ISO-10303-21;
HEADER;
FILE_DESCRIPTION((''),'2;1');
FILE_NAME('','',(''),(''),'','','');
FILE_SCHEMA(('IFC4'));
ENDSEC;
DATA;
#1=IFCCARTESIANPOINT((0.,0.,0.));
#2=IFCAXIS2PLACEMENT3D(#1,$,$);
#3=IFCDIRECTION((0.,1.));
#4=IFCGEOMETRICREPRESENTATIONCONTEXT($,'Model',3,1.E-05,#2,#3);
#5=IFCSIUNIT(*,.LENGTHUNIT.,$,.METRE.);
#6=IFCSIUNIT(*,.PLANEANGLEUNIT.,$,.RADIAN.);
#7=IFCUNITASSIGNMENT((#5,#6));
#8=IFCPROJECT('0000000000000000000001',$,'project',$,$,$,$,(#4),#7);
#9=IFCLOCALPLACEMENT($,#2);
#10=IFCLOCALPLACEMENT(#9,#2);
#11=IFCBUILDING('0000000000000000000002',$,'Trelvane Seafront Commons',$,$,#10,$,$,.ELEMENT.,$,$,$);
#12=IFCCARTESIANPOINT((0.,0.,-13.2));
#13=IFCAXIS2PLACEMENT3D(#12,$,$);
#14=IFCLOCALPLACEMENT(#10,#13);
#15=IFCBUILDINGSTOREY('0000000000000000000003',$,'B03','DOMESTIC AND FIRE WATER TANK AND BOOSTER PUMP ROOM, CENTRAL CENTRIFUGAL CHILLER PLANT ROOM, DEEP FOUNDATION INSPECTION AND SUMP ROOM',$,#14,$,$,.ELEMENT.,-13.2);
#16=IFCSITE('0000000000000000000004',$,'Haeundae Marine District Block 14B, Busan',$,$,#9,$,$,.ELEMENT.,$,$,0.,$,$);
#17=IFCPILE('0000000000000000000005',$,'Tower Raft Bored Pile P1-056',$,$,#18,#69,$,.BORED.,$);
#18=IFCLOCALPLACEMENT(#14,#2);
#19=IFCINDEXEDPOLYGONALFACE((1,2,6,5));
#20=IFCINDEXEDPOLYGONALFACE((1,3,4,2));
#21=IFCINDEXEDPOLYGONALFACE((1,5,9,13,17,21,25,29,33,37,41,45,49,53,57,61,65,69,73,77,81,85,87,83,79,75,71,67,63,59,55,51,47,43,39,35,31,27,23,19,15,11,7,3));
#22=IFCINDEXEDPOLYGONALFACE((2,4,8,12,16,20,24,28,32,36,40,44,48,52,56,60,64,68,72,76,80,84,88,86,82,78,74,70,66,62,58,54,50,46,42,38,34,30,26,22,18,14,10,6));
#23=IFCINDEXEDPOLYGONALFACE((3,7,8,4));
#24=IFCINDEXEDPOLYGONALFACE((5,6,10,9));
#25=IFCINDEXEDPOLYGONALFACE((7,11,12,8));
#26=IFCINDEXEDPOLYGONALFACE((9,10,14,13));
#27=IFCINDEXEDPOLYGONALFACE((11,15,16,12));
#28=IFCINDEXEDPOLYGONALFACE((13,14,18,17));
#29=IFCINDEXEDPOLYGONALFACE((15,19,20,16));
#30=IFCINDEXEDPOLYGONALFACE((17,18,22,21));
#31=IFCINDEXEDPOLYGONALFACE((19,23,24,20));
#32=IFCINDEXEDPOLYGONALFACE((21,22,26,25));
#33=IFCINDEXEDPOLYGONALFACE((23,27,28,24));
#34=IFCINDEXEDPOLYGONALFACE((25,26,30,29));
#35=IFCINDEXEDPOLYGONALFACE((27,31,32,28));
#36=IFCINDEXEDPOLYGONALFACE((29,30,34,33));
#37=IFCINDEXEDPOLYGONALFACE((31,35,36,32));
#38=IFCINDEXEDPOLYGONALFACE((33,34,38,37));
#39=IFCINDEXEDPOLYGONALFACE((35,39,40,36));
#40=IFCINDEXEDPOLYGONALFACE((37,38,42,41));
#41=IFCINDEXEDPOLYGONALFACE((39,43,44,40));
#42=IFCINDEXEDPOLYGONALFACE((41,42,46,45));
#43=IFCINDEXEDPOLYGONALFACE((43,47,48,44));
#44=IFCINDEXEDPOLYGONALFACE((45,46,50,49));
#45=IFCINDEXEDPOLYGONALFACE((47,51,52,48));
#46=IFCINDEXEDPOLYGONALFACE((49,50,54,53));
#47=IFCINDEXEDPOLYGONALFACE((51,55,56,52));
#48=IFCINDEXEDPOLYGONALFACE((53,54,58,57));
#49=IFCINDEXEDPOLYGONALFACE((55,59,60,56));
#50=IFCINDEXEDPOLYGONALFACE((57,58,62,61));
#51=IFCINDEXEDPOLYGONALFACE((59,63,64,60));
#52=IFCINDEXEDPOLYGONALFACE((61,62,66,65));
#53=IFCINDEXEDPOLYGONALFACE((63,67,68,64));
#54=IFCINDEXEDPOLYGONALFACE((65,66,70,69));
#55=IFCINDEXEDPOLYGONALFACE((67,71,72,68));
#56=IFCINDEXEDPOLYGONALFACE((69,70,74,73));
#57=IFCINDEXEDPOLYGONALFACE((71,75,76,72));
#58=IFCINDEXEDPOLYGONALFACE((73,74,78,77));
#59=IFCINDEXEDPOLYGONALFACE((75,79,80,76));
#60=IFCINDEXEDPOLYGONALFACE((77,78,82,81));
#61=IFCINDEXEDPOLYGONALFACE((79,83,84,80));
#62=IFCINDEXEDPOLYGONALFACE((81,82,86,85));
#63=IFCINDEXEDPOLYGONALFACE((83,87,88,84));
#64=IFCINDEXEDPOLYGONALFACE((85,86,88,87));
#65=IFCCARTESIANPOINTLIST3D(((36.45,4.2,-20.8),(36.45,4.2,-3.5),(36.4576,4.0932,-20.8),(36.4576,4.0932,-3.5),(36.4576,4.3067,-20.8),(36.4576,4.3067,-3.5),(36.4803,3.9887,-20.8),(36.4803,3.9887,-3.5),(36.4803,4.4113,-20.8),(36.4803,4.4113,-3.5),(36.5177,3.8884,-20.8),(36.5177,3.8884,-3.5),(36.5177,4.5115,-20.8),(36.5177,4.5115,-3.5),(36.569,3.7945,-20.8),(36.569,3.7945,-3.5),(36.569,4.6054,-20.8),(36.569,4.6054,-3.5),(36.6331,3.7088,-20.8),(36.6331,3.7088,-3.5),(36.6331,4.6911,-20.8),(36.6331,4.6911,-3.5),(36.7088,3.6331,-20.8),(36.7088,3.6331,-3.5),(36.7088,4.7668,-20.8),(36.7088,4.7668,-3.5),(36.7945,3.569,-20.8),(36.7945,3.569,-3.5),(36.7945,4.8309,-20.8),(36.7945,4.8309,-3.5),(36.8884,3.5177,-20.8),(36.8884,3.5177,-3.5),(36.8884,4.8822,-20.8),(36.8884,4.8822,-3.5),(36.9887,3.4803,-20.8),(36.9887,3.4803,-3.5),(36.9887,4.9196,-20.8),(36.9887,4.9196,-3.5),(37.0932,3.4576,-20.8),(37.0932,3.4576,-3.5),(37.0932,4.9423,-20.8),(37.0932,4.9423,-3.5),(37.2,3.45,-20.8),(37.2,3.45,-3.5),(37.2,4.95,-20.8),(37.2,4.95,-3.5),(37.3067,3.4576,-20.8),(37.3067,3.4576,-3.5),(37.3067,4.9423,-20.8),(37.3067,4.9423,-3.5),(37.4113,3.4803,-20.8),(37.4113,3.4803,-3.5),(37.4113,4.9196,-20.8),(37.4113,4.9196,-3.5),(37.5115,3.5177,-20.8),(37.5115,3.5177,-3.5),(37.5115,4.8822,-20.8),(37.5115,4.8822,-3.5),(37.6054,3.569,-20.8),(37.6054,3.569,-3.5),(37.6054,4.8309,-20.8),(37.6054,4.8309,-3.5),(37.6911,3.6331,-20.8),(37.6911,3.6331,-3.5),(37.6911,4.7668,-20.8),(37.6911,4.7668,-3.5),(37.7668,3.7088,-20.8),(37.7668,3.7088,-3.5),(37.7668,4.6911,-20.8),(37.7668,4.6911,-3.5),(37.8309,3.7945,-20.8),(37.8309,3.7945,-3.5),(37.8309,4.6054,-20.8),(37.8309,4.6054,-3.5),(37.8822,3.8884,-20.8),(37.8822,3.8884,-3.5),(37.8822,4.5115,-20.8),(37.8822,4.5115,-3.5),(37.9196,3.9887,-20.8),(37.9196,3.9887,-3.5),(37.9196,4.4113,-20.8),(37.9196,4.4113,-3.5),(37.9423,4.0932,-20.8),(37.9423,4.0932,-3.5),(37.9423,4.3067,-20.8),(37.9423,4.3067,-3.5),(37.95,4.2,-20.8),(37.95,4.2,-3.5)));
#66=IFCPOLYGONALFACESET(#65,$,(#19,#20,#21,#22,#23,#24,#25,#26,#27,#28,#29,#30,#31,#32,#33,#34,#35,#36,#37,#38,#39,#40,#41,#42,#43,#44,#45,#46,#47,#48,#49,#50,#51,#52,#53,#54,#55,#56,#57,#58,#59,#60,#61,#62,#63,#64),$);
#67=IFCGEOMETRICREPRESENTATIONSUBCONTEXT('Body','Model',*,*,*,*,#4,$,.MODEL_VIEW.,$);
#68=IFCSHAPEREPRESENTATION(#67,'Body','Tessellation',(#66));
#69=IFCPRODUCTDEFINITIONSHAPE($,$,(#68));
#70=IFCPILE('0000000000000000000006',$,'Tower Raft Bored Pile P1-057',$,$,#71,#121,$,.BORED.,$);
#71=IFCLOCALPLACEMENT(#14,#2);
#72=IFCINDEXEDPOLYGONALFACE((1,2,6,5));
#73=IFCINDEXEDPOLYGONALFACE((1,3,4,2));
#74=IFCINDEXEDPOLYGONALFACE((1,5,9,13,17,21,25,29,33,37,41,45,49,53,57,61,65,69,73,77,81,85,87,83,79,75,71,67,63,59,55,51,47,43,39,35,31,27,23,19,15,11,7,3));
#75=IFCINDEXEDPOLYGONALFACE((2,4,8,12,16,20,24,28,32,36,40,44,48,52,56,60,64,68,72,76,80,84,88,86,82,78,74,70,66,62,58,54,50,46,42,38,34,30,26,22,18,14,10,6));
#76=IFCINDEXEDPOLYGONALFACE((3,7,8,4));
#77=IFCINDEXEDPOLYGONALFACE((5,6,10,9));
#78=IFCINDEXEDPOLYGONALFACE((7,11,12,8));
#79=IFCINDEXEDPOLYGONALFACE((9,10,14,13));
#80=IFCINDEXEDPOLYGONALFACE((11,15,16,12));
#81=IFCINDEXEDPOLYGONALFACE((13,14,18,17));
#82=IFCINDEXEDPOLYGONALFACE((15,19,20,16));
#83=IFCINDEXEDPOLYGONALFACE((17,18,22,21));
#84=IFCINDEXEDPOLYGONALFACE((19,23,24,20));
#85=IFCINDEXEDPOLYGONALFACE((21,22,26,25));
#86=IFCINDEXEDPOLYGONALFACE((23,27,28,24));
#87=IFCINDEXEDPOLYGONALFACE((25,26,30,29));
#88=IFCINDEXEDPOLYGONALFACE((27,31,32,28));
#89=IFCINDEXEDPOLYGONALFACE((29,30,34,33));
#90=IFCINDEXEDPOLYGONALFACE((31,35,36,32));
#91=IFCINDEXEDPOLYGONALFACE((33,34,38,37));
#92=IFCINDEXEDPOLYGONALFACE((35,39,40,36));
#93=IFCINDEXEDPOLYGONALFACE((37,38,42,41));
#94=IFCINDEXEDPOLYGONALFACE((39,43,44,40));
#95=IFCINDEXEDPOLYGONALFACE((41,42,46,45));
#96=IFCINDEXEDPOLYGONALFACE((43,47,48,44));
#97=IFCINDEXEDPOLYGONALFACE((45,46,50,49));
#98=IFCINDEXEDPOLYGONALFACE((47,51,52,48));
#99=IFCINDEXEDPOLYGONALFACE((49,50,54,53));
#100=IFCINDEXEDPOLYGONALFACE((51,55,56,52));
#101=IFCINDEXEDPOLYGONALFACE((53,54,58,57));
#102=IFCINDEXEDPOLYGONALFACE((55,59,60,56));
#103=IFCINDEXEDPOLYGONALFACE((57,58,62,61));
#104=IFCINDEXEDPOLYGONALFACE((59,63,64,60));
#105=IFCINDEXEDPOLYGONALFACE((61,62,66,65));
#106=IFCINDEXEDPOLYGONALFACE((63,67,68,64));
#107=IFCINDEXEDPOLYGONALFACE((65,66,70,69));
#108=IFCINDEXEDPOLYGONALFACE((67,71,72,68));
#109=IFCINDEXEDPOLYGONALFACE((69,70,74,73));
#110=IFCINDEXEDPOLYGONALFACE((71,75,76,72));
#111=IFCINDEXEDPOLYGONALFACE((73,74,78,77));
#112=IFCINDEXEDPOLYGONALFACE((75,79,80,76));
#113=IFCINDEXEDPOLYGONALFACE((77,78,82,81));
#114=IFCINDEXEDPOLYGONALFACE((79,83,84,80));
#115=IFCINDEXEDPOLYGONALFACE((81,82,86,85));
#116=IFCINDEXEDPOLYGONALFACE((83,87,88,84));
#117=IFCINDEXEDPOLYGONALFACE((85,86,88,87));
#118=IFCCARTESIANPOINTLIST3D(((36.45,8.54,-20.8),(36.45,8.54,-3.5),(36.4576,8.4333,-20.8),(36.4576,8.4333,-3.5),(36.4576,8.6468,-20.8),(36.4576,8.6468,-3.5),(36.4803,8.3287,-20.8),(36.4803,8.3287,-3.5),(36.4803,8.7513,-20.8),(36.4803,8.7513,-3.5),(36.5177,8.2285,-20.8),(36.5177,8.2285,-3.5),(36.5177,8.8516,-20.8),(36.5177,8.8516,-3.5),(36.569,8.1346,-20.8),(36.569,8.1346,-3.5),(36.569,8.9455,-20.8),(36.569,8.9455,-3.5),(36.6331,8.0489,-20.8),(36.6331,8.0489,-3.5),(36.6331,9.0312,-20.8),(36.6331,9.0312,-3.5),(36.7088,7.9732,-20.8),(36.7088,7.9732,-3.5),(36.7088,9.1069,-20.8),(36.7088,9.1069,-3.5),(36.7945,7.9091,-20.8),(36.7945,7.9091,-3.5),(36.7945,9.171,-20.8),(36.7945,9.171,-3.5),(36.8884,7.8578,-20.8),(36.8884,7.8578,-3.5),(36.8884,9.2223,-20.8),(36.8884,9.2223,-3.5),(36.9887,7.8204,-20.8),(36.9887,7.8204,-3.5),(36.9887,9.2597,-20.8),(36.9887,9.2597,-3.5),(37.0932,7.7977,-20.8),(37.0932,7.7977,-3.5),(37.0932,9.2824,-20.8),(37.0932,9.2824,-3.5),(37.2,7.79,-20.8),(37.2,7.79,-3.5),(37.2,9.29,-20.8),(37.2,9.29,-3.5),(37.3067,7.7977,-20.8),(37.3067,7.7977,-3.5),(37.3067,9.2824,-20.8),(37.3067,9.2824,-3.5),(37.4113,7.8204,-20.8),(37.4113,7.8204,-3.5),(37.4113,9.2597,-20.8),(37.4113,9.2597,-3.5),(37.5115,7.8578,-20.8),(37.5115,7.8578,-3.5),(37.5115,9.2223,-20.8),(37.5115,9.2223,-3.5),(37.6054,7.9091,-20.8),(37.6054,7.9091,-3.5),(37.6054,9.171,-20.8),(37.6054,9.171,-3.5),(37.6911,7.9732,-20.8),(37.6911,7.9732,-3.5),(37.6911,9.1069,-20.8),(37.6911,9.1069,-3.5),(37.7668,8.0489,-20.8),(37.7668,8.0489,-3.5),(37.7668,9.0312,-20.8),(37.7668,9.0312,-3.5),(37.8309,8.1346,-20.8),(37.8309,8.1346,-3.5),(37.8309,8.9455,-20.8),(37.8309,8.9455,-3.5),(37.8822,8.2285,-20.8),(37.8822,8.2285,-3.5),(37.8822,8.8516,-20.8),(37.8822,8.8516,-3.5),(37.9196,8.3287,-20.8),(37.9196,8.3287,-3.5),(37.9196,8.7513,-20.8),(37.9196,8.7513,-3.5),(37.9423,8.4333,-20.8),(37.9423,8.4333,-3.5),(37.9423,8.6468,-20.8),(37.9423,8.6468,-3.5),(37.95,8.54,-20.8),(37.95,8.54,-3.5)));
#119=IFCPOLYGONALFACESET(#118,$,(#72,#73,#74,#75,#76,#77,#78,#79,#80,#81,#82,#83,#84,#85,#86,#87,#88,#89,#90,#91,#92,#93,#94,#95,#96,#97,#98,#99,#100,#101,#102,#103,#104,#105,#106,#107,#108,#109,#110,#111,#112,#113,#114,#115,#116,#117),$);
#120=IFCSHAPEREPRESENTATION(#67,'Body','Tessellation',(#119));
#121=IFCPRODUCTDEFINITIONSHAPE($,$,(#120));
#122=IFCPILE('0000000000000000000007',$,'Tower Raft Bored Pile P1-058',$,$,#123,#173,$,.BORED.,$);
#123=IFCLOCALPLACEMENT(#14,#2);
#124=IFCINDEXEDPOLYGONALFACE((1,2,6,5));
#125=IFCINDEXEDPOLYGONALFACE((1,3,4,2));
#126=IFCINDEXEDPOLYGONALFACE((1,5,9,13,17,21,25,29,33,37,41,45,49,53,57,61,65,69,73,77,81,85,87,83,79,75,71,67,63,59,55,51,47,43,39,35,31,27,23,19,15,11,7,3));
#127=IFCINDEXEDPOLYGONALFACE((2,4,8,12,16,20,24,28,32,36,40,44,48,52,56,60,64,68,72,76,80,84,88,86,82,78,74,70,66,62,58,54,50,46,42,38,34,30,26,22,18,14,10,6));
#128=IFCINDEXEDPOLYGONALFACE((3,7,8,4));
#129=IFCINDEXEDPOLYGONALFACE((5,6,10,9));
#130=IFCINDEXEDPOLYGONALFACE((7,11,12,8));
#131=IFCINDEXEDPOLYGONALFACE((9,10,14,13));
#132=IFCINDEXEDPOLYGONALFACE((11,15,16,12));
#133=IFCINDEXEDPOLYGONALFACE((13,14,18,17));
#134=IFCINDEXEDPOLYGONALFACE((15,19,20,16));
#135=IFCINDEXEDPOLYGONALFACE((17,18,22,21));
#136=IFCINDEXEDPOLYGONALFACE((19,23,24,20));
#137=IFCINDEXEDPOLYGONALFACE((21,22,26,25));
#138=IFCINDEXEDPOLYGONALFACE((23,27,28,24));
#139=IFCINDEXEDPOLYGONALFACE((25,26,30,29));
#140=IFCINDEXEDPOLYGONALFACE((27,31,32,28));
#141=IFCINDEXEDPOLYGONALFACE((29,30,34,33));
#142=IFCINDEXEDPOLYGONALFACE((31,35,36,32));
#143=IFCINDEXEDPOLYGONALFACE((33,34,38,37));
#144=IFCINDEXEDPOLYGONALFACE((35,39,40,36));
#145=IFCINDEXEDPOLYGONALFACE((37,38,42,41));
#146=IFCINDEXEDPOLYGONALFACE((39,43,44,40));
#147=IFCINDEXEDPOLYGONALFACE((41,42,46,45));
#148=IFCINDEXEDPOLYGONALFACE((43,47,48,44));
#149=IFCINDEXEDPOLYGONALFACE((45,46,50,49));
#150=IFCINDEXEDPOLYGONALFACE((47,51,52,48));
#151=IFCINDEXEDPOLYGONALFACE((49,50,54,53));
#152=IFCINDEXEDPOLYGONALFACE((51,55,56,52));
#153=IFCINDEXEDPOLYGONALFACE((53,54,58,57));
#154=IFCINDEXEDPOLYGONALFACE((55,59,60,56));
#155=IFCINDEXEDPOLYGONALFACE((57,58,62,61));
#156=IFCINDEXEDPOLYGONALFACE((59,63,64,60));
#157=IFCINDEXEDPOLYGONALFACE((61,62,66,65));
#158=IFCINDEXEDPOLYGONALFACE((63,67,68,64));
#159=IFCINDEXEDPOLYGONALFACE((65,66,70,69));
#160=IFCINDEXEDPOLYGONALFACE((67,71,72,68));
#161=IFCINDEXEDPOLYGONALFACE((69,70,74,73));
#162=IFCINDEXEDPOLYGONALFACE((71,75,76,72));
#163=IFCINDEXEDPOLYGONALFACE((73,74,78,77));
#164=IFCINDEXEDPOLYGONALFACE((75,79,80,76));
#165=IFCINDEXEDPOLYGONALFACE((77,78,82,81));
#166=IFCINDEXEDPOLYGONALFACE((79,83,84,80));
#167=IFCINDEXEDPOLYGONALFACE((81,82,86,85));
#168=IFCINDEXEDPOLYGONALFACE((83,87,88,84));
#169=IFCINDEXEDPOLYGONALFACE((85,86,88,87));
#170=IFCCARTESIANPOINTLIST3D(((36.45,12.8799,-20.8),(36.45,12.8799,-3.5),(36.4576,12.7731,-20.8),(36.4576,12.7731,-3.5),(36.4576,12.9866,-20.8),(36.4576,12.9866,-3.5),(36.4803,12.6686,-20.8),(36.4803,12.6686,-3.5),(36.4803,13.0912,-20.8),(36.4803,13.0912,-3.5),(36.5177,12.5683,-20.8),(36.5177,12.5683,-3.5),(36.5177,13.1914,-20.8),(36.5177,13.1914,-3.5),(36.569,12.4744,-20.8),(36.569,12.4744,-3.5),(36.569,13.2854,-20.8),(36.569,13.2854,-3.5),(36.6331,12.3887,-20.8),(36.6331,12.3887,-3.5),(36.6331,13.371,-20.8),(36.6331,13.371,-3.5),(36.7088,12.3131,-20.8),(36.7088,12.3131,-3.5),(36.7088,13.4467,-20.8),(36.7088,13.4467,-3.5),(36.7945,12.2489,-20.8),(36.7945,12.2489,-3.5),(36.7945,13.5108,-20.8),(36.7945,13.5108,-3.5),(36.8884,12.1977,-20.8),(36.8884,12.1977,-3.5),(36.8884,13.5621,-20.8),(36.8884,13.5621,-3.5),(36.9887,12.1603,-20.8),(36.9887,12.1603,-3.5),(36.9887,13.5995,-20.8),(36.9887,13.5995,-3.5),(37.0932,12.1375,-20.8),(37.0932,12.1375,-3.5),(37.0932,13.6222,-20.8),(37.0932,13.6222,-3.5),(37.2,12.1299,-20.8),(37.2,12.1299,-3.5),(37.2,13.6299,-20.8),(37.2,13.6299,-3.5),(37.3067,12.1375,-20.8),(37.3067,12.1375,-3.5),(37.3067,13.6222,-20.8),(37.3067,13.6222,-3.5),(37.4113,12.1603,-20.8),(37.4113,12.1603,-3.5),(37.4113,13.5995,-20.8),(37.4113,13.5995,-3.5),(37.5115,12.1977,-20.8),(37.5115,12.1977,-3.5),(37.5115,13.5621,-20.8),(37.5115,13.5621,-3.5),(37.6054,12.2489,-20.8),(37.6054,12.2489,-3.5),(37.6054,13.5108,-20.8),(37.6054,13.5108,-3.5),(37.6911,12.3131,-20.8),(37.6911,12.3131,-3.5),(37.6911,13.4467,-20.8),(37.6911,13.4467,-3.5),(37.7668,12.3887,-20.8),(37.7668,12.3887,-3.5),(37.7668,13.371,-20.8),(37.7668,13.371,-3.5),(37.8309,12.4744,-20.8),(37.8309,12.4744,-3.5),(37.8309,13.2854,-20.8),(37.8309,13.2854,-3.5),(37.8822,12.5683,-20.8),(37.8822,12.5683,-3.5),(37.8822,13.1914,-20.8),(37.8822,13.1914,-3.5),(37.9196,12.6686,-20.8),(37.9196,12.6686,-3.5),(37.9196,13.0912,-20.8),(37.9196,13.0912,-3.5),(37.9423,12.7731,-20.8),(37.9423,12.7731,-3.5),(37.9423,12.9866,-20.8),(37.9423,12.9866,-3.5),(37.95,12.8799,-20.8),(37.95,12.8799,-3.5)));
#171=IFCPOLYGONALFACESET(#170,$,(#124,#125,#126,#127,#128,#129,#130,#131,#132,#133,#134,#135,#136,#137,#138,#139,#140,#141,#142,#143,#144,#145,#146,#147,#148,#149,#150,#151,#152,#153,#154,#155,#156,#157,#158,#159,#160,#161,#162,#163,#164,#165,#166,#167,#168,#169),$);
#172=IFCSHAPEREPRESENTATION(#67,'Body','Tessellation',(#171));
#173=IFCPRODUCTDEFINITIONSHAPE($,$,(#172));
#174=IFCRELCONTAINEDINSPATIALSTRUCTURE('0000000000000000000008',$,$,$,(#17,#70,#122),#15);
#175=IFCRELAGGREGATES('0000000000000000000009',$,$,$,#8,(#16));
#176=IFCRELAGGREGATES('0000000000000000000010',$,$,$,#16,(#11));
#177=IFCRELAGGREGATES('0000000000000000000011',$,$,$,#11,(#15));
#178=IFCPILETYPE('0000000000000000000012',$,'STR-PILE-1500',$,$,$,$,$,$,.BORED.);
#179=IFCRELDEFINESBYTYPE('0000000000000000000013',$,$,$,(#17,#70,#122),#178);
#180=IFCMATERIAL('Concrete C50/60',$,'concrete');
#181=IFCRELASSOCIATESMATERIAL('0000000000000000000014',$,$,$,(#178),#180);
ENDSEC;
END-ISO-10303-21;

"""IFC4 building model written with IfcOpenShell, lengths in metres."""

from ifc_helpers import new_model, si_unit, direction, frame, origin, origin_2d, place, context, subcontext, project, spatial, circle, extrude, source, transform, mapped, material, material_profile, profile_set, type_object, element, save


model = new_model("IFC4")

# Units and contexts
model_context = context("Model", 3, precision=1e-05, world=origin(), true_north=direction((0.0, 1.0)))
body_context = subcontext(model_context, "Body", "Model", "MODEL_VIEW")
ifc_project = project(units=[si_unit("LENGTHUNIT", "METRE"), si_unit("PLANEANGLEUNIT", "RADIAN")], contexts=[model_context])

# Site, building, storey
site_placement = place(None, origin())
site = spatial("IfcSite", under=ifc_project, at=site_placement, Name="Haeundae Marine District Block 14B, Busan", CompositionType="ELEMENT", RefElevation=0.0)
building_placement = place(site_placement, origin())
building = spatial("IfcBuilding", under=site, at=building_placement, Name="Trelvane Seafront Commons", CompositionType="ELEMENT")
storey_placement = place(building_placement, frame((0.0, 0.0, -13.2)))
storey = spatial("IfcBuildingStorey", under=building, at=storey_placement, Name="B03", Description="DOMESTIC AND FIRE WATER TANK AND BOOSTER PUMP ROOM, CENTRAL CENTRIFUGAL CHILLER PLANT ROOM, DEEP FOUNDATION INSPECTION AND SUMP ROOM", CompositionType="ELEMENT", Elevation=-13.2)

# Piles
ifc_material_1 = material(Name="Concrete C50/60", Category="concrete")
ifc_material_profile_1 = material_profile(ifc_material_1, circle(Radius=0.75, at=origin_2d()), Name="PILE-1500")
ifc_profile_set_1 = profile_set([ifc_material_profile_1], Name="Concrete C50/60")
pile_type = type_object("IfcPileType", Name="STR-PILE-1500", PredefinedType="BORED", material=ifc_profile_set_1)
shared_shape_1 = source(origin(), body_context, "Body", "SweptSolid", [
    extrude(circle(Radius=0.75, at=origin_2d()), origin(), (0.0, 0.0, 1.0), 17.3),
])
for number, where, z_axis, x_axis, name in (
    (1, (37.2, 4.2, -3.5), (0.0, 0.0, -1.0), (1.0, 0.0, 0.0), "Tower Raft Bored Pile P1-056"),
    (2, (37.2, 8.54, -3.5), (0.0, 0.0, -1.0), (1.0, 0.0, 0.0), "Tower Raft Bored Pile P1-057"),
    (3, (37.2, 12.8799, -3.5), (0.0, 0.0, -1.0), (1.0, 0.0, 0.0), "Tower Raft Bored Pile P1-058"),
):
    element("IfcPile", number, at=place(storey_placement, frame(where, z_axis=z_axis, x_axis=x_axis)), inside=storey, type_object=pile_type, Name=name, PredefinedType="BORED", context=body_context, shape_type="MappedRepresentation", body=[
        mapped(shared_shape_1, transform((0.0, 0.0, 0.0), x_axis=(1.0, 0.0, 0.0), y_axis=(0.0, 1.0, 0.0), z_axis=(0.0, 0.0, 1.0), scale=1.0)),
    ])

save(model, "model.ifc")
